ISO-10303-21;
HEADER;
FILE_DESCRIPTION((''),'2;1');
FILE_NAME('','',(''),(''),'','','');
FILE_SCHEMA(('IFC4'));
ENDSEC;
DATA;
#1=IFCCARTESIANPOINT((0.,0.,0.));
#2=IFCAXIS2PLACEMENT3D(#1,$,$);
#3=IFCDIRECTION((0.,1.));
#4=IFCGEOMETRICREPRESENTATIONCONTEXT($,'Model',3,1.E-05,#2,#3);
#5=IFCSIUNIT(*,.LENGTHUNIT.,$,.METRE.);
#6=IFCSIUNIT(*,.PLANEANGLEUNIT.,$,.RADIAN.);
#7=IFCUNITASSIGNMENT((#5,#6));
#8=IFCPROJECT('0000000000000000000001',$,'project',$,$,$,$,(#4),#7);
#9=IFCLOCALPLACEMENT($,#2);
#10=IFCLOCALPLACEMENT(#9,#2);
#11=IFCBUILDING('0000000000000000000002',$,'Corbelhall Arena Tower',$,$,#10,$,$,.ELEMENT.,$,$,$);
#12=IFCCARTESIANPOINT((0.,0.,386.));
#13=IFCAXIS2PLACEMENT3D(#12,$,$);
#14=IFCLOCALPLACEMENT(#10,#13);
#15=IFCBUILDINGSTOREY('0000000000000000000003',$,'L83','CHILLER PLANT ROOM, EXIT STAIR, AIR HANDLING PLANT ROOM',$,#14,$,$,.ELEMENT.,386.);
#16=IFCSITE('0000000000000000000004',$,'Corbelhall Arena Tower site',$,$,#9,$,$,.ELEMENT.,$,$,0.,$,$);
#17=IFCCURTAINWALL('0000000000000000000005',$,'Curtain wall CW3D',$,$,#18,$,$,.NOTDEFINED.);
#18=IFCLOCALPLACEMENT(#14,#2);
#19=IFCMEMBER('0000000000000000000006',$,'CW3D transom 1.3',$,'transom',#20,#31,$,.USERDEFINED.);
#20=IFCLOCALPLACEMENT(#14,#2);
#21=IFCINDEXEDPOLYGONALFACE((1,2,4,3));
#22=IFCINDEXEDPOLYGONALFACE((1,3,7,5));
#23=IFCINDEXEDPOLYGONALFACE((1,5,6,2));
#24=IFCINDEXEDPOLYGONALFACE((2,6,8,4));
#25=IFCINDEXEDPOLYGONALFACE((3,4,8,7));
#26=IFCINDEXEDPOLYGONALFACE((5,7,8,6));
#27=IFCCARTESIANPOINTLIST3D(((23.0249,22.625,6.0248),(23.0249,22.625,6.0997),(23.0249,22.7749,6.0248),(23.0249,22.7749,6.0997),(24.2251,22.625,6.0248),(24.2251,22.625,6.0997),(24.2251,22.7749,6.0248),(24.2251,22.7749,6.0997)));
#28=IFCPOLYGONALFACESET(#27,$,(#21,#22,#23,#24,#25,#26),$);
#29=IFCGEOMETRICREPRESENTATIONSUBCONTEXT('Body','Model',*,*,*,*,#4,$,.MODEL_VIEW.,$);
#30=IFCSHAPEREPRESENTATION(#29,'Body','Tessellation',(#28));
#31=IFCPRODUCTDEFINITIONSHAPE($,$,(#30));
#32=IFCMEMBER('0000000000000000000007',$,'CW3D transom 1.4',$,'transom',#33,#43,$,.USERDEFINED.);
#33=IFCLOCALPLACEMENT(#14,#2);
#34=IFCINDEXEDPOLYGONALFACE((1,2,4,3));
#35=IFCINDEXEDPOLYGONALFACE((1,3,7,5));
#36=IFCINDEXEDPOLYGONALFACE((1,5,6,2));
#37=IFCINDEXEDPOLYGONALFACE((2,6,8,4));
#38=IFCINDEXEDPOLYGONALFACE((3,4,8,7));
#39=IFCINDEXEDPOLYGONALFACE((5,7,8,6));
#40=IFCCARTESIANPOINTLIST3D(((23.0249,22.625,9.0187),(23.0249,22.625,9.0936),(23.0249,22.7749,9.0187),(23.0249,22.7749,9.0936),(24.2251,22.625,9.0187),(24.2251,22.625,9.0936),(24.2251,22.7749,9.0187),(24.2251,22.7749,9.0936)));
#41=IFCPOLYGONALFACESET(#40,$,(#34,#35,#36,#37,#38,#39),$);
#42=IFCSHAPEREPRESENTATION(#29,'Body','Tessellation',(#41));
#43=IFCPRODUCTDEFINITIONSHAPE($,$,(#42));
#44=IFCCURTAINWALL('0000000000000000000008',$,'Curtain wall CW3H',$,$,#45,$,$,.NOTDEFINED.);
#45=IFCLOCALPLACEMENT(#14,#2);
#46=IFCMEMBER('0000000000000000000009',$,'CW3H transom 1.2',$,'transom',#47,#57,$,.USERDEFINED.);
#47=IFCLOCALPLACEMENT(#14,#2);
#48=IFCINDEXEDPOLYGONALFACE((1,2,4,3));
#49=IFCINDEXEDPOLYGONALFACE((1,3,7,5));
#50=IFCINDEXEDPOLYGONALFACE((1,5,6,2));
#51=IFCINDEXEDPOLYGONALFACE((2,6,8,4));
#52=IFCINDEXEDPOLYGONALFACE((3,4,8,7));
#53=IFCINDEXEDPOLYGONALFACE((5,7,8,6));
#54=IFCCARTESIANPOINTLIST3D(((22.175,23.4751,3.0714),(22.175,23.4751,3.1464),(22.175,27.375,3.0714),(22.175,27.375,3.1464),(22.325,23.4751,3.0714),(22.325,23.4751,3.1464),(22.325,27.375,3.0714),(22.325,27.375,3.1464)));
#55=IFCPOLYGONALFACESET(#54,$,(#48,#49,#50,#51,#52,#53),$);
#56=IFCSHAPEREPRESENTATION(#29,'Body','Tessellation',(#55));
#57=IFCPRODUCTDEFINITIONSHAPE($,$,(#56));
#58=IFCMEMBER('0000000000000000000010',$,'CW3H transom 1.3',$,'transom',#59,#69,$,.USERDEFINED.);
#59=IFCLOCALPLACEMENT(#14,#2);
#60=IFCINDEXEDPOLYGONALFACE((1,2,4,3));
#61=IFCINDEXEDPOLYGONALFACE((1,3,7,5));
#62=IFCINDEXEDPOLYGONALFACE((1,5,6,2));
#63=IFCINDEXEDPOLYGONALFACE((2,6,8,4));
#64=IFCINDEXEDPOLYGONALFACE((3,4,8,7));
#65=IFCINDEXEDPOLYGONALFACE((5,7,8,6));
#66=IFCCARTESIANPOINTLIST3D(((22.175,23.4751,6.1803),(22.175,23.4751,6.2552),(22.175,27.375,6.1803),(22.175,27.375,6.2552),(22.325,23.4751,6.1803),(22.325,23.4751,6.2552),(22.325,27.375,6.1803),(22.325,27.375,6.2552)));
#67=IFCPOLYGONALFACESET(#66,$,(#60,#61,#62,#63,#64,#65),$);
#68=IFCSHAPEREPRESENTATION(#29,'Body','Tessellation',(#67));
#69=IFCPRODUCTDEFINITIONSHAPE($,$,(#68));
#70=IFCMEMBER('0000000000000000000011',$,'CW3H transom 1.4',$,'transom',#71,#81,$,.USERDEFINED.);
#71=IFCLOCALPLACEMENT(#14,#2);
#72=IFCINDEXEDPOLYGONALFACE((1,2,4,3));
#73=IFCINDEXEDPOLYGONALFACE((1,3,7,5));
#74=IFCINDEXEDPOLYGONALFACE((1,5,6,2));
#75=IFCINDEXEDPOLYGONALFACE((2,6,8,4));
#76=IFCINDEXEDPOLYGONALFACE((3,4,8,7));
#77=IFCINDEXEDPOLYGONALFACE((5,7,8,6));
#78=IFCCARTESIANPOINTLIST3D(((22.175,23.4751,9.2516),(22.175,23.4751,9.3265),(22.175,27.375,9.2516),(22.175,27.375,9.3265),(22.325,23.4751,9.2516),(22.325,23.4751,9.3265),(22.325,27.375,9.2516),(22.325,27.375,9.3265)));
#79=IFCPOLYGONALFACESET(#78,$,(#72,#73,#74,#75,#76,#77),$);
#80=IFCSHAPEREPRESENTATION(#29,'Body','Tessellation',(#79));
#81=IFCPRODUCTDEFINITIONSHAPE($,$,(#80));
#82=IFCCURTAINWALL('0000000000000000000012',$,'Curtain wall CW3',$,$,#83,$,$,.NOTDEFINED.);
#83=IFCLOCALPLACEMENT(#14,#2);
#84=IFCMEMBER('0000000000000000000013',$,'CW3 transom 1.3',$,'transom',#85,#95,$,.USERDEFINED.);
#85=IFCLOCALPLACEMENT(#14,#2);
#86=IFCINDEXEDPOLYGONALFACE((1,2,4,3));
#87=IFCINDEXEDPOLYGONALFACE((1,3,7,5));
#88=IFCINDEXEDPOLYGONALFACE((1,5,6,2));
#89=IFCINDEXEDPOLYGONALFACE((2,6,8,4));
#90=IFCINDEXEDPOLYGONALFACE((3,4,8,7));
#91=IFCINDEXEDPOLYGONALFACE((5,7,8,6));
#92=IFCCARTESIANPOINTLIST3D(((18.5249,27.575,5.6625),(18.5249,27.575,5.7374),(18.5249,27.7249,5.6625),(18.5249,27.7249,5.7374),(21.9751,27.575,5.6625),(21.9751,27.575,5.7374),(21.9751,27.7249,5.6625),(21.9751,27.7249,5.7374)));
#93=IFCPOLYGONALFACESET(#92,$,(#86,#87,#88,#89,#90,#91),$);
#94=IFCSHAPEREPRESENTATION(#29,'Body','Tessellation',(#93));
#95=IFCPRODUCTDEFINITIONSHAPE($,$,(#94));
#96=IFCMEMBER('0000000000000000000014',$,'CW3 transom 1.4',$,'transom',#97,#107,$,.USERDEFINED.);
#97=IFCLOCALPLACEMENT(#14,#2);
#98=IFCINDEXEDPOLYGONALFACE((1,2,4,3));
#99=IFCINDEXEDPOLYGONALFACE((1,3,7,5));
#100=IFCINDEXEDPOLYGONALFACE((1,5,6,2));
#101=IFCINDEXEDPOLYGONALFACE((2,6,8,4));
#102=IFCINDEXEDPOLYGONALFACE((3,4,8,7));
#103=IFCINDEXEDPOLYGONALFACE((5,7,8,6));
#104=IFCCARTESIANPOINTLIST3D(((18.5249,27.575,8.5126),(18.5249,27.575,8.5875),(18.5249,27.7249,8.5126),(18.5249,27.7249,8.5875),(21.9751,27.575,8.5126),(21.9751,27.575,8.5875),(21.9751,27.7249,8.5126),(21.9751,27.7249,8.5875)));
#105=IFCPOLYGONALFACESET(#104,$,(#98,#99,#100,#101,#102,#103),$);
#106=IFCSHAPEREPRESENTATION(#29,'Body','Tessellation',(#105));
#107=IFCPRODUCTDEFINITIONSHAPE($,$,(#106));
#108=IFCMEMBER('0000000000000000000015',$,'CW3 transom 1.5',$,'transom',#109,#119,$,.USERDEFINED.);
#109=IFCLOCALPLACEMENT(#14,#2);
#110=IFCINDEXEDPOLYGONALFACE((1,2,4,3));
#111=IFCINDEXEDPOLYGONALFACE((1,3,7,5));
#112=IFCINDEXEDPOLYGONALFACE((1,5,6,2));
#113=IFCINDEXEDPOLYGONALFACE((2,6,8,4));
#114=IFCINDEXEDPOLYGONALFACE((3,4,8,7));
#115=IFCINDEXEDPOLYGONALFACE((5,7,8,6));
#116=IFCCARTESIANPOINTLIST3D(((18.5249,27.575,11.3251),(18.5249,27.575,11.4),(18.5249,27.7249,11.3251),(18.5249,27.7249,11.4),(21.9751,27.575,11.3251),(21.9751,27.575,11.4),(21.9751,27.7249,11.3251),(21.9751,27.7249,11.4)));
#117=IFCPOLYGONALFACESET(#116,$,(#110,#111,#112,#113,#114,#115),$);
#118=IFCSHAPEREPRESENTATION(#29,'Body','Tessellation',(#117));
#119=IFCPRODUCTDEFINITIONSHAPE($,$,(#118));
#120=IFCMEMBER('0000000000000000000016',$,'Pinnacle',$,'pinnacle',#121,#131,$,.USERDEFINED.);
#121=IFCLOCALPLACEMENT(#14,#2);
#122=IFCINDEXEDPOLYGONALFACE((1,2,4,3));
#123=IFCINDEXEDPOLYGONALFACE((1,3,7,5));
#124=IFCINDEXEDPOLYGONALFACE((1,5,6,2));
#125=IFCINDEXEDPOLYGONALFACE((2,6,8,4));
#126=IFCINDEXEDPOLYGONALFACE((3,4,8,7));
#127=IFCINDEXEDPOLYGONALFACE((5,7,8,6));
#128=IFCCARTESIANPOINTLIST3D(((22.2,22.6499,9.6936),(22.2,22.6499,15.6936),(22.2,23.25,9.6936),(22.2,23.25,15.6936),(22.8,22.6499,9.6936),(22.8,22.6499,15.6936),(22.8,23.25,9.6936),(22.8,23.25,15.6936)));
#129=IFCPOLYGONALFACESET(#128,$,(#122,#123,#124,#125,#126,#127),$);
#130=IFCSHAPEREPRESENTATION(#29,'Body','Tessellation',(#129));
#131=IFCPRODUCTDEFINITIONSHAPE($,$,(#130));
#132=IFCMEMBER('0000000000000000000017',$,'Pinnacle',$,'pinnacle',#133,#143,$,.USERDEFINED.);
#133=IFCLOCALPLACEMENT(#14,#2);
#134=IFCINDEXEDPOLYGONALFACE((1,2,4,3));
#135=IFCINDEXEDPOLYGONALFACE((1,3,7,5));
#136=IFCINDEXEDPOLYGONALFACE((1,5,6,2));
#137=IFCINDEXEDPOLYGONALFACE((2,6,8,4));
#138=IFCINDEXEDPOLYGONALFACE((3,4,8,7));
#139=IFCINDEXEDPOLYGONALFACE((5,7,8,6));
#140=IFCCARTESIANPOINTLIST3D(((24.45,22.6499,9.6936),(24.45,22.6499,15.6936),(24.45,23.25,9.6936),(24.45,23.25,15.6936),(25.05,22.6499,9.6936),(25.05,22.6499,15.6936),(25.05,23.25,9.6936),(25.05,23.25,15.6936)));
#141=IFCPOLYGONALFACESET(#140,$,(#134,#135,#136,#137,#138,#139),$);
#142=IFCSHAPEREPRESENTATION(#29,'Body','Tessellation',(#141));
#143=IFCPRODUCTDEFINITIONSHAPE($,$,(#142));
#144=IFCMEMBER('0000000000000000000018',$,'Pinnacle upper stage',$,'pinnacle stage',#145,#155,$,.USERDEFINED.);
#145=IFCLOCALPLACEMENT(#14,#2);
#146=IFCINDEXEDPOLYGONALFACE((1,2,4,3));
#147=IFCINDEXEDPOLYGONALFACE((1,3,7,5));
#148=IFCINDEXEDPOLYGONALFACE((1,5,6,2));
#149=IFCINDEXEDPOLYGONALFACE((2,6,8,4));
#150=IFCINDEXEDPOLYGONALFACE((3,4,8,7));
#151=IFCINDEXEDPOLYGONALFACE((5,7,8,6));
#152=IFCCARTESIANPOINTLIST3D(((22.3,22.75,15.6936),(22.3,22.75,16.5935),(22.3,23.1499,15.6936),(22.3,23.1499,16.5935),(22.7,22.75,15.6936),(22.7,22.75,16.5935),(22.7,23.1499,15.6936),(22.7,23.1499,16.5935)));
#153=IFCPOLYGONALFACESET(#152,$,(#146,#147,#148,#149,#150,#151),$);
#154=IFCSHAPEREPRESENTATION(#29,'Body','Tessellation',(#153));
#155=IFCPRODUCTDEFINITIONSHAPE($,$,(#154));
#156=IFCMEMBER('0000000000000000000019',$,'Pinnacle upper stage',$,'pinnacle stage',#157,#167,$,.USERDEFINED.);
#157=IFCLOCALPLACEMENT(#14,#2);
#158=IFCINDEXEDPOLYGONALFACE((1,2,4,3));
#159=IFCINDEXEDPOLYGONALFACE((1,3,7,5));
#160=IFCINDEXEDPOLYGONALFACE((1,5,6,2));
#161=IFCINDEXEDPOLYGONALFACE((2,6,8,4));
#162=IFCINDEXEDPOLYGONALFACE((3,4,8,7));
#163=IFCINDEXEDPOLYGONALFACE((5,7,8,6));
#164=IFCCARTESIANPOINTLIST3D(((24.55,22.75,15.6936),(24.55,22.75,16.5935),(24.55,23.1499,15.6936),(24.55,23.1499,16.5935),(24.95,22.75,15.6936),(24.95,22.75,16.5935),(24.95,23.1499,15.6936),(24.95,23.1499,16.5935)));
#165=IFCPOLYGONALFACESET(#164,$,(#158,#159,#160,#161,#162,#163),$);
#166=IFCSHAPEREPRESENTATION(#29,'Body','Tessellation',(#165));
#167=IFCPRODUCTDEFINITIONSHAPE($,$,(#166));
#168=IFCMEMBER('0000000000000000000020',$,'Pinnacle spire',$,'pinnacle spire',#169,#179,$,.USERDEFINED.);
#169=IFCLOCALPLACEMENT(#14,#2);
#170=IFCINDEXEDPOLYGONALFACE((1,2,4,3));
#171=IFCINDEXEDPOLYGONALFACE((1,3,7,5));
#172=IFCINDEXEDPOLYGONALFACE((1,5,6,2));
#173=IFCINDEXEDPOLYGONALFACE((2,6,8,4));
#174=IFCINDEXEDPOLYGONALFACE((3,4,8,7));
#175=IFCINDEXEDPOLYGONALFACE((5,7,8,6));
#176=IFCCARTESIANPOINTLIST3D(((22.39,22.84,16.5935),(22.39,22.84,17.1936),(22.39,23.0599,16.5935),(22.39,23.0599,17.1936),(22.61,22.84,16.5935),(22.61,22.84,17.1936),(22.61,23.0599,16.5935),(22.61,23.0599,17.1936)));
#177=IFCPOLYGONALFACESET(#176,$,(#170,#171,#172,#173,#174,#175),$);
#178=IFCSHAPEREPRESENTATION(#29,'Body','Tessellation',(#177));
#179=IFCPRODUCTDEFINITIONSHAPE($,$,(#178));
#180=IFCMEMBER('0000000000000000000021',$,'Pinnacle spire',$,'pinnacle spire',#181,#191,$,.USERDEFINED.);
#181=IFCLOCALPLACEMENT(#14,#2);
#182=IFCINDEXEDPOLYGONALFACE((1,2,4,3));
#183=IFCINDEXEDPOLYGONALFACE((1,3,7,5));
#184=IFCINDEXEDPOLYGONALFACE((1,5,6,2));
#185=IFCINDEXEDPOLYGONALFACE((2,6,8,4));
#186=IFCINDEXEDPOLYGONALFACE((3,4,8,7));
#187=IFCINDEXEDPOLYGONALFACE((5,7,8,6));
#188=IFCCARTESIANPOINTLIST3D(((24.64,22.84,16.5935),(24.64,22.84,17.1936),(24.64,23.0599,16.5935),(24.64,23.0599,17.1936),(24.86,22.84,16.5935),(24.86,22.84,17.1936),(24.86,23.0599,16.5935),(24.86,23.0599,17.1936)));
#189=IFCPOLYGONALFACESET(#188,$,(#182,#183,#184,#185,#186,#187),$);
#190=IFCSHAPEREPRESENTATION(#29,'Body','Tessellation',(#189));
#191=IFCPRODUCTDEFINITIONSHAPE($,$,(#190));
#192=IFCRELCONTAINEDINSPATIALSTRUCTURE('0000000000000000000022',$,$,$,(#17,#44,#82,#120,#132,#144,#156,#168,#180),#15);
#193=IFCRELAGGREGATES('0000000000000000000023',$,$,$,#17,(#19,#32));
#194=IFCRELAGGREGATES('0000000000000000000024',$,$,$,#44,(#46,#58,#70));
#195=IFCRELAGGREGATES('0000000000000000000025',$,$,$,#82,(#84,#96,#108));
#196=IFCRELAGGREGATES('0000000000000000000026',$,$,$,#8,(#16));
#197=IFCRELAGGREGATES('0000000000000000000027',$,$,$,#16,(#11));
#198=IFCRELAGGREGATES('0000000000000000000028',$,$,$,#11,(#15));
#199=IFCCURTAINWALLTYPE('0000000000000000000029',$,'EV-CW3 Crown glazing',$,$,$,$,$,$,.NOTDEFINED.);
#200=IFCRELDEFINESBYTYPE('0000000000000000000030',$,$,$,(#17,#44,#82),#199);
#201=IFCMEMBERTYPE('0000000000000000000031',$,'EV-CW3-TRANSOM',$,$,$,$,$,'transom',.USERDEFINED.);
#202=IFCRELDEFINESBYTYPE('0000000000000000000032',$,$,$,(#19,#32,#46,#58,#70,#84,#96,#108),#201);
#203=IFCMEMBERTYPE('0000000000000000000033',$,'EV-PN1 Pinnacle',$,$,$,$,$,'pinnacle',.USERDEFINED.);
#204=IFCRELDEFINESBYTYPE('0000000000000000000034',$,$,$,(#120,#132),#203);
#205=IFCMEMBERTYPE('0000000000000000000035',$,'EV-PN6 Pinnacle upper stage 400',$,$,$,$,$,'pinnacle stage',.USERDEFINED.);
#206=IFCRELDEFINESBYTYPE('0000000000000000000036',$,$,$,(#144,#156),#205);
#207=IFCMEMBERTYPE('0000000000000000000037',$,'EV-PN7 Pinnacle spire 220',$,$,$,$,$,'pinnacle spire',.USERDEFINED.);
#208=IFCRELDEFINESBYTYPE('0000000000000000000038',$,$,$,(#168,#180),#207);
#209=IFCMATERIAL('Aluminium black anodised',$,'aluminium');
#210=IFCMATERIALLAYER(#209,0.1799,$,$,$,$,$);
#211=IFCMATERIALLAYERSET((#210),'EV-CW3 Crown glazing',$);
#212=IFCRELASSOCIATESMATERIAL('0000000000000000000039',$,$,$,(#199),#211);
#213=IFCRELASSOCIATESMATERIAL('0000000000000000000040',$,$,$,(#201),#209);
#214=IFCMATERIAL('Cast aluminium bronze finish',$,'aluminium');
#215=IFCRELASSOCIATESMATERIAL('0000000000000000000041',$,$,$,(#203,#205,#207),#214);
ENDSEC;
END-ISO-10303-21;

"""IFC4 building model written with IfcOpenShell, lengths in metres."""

from ifc_helpers import new_model, si_unit, direction, frame, origin, origin_2d, place, context, subcontext, project, spatial, rectangle, extrude, material, layer, layer_set, material_profile, profile_set, type_object, element, aggregate, save


model = new_model("IFC4")

# Units and contexts
model_context = context("Model", 3, precision=1e-05, world=origin(), true_north=direction((0.0, 1.0)))
body_context = subcontext(model_context, "Body", "Model", "MODEL_VIEW")
ifc_project = project(units=[si_unit("LENGTHUNIT", "METRE"), si_unit("PLANEANGLEUNIT", "RADIAN")], contexts=[model_context])

# Site, building, storey
site_placement = place(None, origin())
site = spatial("IfcSite", under=ifc_project, at=site_placement, Name="Corbelhall Arena Tower site", CompositionType="ELEMENT", RefElevation=0.0)
building_placement = place(site_placement, origin())
building = spatial("IfcBuilding", under=site, at=building_placement, Name="Corbelhall Arena Tower", CompositionType="ELEMENT")
storey_placement = place(building_placement, frame((0.0, 0.0, 386.0)))
storey = spatial("IfcBuildingStorey", under=building, at=storey_placement, Name="L83", Description="CHILLER PLANT ROOM, EXIT STAIR, AIR HANDLING PLANT ROOM", CompositionType="ELEMENT", Elevation=386.0)

# Curtain walls, members
ifc_material_1 = material(Name="Aluminium black anodised", Category="aluminium")
ifc_layer_1 = layer(ifc_material_1, 0.1799)
ifc_layer_set_1 = layer_set([ifc_layer_1], Name="EV-CW3 Crown glazing")
curtain_wall_type = type_object("IfcCurtainWallType", Name="EV-CW3 Crown glazing", PredefinedType="NOTDEFINED", material=ifc_layer_set_1)
curtain_wall_1_placement = place(storey_placement, origin())
curtain_wall_1 = element("IfcCurtainWall", 1, at=curtain_wall_1_placement, inside=storey, type_object=curtain_wall_type, Name="Curtain wall CW3D", PredefinedType="NOTDEFINED")
ifc_material_profile_1 = material_profile(ifc_material_1, rectangle(XDim=0.1499, YDim=0.075, at=origin_2d()))
ifc_profile_set_1 = profile_set([ifc_material_profile_1], Name="Aluminium black anodised")
member_type_1 = type_object("IfcMemberType", Name="EV-CW3-TRANSOM", ElementType="transom", PredefinedType="USERDEFINED", material=ifc_profile_set_1)
member_1_placement = place(storey_placement, frame((24.2251, 22.7, 6.0623), z_axis=(-1.0, 0.0, 0.0), x_axis=(0.0, -1.0, 0.0)))
member_1 = element("IfcMember", 2, at=member_1_placement, type_object=member_type_1, Name="CW3D transom 1.3", ObjectType="transom", PredefinedType="USERDEFINED", context=body_context, shape_type="SweptSolid", body=[
    extrude(rectangle(XDim=0.1499, YDim=0.075, at=origin_2d()), origin(), (0.0, 0.0, 1.0), 1.2002),
])
member_2_placement = place(storey_placement, frame((24.2251, 22.7, 9.0562), z_axis=(-1.0, 0.0, 0.0), x_axis=(0.0, -1.0, 0.0)))
member_2 = element("IfcMember", 3, at=member_2_placement, type_object=member_type_1, Name="CW3D transom 1.4", ObjectType="transom", PredefinedType="USERDEFINED", context=body_context, shape_type="SweptSolid", body=[
    extrude(rectangle(XDim=0.1499, YDim=0.075, at=origin_2d()), origin(), (0.0, 0.0, 1.0), 1.2002),
])
curtain_wall_2_placement = place(storey_placement, origin())
curtain_wall_2 = element("IfcCurtainWall", 4, at=curtain_wall_2_placement, inside=storey, type_object=curtain_wall_type, Name="Curtain wall CW3H", PredefinedType="NOTDEFINED")
member_3_placement = place(storey_placement, frame((22.25, 23.4751, 3.1089), z_axis=(0.0, 1.0, 0.0), x_axis=(-1.0, 0.0, 0.0)))
member_3 = element("IfcMember", 5, at=member_3_placement, type_object=member_type_1, Name="CW3H transom 1.2", ObjectType="transom", PredefinedType="USERDEFINED", context=body_context, shape_type="SweptSolid", body=[
    extrude(rectangle(XDim=0.1499, YDim=0.075, at=origin_2d()), origin(), (0.0, 0.0, 1.0), 3.8999),
])
member_4_placement = place(storey_placement, frame((22.25, 23.4751, 6.2178), z_axis=(0.0, 1.0, 0.0), x_axis=(-1.0, 0.0, 0.0)))
member_4 = element("IfcMember", 6, at=member_4_placement, type_object=member_type_1, Name="CW3H transom 1.3", ObjectType="transom", PredefinedType="USERDEFINED", context=body_context, shape_type="SweptSolid", body=[
    extrude(rectangle(XDim=0.1499, YDim=0.075, at=origin_2d()), origin(), (0.0, 0.0, 1.0), 3.8999),
])
member_5_placement = place(storey_placement, frame((22.25, 23.4751, 9.2891), z_axis=(0.0, 1.0, 0.0), x_axis=(-1.0, 0.0, 0.0)))
member_5 = element("IfcMember", 7, at=member_5_placement, type_object=member_type_1, Name="CW3H transom 1.4", ObjectType="transom", PredefinedType="USERDEFINED", context=body_context, shape_type="SweptSolid", body=[
    extrude(rectangle(XDim=0.1499, YDim=0.075, at=origin_2d()), origin(), (0.0, 0.0, 1.0), 3.8999),
])
curtain_wall_3_placement = place(storey_placement, origin())
curtain_wall_3 = element("IfcCurtainWall", 8, at=curtain_wall_3_placement, inside=storey, type_object=curtain_wall_type, Name="Curtain wall CW3", PredefinedType="NOTDEFINED")
member_6_placement = place(storey_placement, frame((21.9751, 27.6499, 5.7), z_axis=(-1.0, 0.0, 0.0), x_axis=(0.0, -1.0, 0.0)))
member_6 = element("IfcMember", 9, at=member_6_placement, type_object=member_type_1, Name="CW3 transom 1.3", ObjectType="transom", PredefinedType="USERDEFINED", context=body_context, shape_type="SweptSolid", body=[
    extrude(rectangle(XDim=0.1499, YDim=0.075, at=origin_2d()), origin(), (0.0, 0.0, 1.0), 3.4502),
])
member_7_placement = place(storey_placement, frame((21.9751, 27.6499, 8.55), z_axis=(-1.0, 0.0, 0.0), x_axis=(0.0, -1.0, 0.0)))
member_7 = element("IfcMember", 10, at=member_7_placement, type_object=member_type_1, Name="CW3 transom 1.4", ObjectType="transom", PredefinedType="USERDEFINED", context=body_context, shape_type="SweptSolid", body=[
    extrude(rectangle(XDim=0.1499, YDim=0.075, at=origin_2d()), origin(), (0.0, 0.0, 1.0), 3.4502),
])
member_8_placement = place(storey_placement, frame((21.9751, 27.6499, 11.3625), z_axis=(-1.0, 0.0, 0.0), x_axis=(0.0, -1.0, 0.0)))
member_8 = element("IfcMember", 11, at=member_8_placement, type_object=member_type_1, Name="CW3 transom 1.5", ObjectType="transom", PredefinedType="USERDEFINED", context=body_context, shape_type="SweptSolid", body=[
    extrude(rectangle(XDim=0.1499, YDim=0.075, at=origin_2d()), origin(), (0.0, 0.0, 1.0), 3.4502),
])

# Members
ifc_material_2 = material(Name="Cast aluminium bronze finish", Category="aluminium")
ifc_material_profile_2 = material_profile(ifc_material_2, rectangle(XDim=0.6001, YDim=0.6001, at=origin_2d()))
ifc_profile_set_2 = profile_set([ifc_material_profile_2], Name="Cast aluminium bronze finish")
member_type_2 = type_object("IfcMemberType", Name="EV-PN1 Pinnacle", ElementType="pinnacle", PredefinedType="USERDEFINED", material=ifc_profile_set_2)
for number, where, z_axis, x_axis, name in (
    (12, (22.5, 22.95, 9.6936), (0.0, 0.0, 1.0), (1.0, 0.0, 0.0), "Pinnacle"),
    (13, (24.75, 22.95, 9.6936), (0.0, 0.0, 1.0), (1.0, 0.0, 0.0), "Pinnacle"),
):
    element("IfcMember", number, at=place(storey_placement, frame(where, z_axis=z_axis, x_axis=x_axis)), inside=storey, type_object=member_type_2, Name=name, ObjectType="pinnacle", PredefinedType="USERDEFINED", context=body_context, shape_type="SweptSolid", body=[
        extrude(rectangle(XDim=0.6001, YDim=0.6001, at=origin_2d()), origin(), (0.0, 0.0, 1.0), 6.0),
    ])
ifc_material_profile_3 = material_profile(ifc_material_2, rectangle(XDim=0.3999, YDim=0.3999, at=origin_2d()))
ifc_profile_set_3 = profile_set([ifc_material_profile_3], Name="Cast aluminium bronze finish")
member_type_3 = type_object("IfcMemberType", Name="EV-PN6 Pinnacle upper stage 400", ElementType="pinnacle stage", PredefinedType="USERDEFINED", material=ifc_profile_set_3)
for number, where, z_axis, x_axis, name in (
    (14, (22.5, 22.95, 15.6936), (0.0, 0.0, 1.0), (1.0, 0.0, 0.0), "Pinnacle upper stage"),
    (15, (24.75, 22.95, 15.6936), (0.0, 0.0, 1.0), (1.0, 0.0, 0.0), "Pinnacle upper stage"),
):
    element("IfcMember", number, at=place(storey_placement, frame(where, z_axis=z_axis, x_axis=x_axis)), inside=storey, type_object=member_type_3, Name=name, ObjectType="pinnacle stage", PredefinedType="USERDEFINED", context=body_context, shape_type="SweptSolid", body=[
        extrude(rectangle(XDim=0.3999, YDim=0.3999, at=origin_2d()), origin(), (0.0, 0.0, 1.0), 0.8999),
    ])
ifc_material_profile_4 = material_profile(ifc_material_2, rectangle(XDim=0.22, YDim=0.22, at=origin_2d()))
ifc_profile_set_4 = profile_set([ifc_material_profile_4], Name="Cast aluminium bronze finish")
member_type_4 = type_object("IfcMemberType", Name="EV-PN7 Pinnacle spire 220", ElementType="pinnacle spire", PredefinedType="USERDEFINED", material=ifc_profile_set_4)
for number, where, z_axis, x_axis, name in (
    (16, (22.5, 22.95, 16.5935), (0.0, 0.0, 1.0), (1.0, 0.0, 0.0), "Pinnacle spire"),
    (17, (24.75, 22.95, 16.5935), (0.0, 0.0, 1.0), (1.0, 0.0, 0.0), "Pinnacle spire"),
):
    element("IfcMember", number, at=place(storey_placement, frame(where, z_axis=z_axis, x_axis=x_axis)), inside=storey, type_object=member_type_4, Name=name, ObjectType="pinnacle spire", PredefinedType="USERDEFINED", context=body_context, shape_type="SweptSolid", body=[
        extrude(rectangle(XDim=0.22, YDim=0.22, at=origin_2d()), origin(), (0.0, 0.0, 1.0), 0.6001),
    ])

aggregate(curtain_wall_1, [member_1, member_2])
aggregate(curtain_wall_2, [member_3, member_4, member_5])
aggregate(curtain_wall_3, [member_6, member_7, member_8])

save(model, "model.ifc")
